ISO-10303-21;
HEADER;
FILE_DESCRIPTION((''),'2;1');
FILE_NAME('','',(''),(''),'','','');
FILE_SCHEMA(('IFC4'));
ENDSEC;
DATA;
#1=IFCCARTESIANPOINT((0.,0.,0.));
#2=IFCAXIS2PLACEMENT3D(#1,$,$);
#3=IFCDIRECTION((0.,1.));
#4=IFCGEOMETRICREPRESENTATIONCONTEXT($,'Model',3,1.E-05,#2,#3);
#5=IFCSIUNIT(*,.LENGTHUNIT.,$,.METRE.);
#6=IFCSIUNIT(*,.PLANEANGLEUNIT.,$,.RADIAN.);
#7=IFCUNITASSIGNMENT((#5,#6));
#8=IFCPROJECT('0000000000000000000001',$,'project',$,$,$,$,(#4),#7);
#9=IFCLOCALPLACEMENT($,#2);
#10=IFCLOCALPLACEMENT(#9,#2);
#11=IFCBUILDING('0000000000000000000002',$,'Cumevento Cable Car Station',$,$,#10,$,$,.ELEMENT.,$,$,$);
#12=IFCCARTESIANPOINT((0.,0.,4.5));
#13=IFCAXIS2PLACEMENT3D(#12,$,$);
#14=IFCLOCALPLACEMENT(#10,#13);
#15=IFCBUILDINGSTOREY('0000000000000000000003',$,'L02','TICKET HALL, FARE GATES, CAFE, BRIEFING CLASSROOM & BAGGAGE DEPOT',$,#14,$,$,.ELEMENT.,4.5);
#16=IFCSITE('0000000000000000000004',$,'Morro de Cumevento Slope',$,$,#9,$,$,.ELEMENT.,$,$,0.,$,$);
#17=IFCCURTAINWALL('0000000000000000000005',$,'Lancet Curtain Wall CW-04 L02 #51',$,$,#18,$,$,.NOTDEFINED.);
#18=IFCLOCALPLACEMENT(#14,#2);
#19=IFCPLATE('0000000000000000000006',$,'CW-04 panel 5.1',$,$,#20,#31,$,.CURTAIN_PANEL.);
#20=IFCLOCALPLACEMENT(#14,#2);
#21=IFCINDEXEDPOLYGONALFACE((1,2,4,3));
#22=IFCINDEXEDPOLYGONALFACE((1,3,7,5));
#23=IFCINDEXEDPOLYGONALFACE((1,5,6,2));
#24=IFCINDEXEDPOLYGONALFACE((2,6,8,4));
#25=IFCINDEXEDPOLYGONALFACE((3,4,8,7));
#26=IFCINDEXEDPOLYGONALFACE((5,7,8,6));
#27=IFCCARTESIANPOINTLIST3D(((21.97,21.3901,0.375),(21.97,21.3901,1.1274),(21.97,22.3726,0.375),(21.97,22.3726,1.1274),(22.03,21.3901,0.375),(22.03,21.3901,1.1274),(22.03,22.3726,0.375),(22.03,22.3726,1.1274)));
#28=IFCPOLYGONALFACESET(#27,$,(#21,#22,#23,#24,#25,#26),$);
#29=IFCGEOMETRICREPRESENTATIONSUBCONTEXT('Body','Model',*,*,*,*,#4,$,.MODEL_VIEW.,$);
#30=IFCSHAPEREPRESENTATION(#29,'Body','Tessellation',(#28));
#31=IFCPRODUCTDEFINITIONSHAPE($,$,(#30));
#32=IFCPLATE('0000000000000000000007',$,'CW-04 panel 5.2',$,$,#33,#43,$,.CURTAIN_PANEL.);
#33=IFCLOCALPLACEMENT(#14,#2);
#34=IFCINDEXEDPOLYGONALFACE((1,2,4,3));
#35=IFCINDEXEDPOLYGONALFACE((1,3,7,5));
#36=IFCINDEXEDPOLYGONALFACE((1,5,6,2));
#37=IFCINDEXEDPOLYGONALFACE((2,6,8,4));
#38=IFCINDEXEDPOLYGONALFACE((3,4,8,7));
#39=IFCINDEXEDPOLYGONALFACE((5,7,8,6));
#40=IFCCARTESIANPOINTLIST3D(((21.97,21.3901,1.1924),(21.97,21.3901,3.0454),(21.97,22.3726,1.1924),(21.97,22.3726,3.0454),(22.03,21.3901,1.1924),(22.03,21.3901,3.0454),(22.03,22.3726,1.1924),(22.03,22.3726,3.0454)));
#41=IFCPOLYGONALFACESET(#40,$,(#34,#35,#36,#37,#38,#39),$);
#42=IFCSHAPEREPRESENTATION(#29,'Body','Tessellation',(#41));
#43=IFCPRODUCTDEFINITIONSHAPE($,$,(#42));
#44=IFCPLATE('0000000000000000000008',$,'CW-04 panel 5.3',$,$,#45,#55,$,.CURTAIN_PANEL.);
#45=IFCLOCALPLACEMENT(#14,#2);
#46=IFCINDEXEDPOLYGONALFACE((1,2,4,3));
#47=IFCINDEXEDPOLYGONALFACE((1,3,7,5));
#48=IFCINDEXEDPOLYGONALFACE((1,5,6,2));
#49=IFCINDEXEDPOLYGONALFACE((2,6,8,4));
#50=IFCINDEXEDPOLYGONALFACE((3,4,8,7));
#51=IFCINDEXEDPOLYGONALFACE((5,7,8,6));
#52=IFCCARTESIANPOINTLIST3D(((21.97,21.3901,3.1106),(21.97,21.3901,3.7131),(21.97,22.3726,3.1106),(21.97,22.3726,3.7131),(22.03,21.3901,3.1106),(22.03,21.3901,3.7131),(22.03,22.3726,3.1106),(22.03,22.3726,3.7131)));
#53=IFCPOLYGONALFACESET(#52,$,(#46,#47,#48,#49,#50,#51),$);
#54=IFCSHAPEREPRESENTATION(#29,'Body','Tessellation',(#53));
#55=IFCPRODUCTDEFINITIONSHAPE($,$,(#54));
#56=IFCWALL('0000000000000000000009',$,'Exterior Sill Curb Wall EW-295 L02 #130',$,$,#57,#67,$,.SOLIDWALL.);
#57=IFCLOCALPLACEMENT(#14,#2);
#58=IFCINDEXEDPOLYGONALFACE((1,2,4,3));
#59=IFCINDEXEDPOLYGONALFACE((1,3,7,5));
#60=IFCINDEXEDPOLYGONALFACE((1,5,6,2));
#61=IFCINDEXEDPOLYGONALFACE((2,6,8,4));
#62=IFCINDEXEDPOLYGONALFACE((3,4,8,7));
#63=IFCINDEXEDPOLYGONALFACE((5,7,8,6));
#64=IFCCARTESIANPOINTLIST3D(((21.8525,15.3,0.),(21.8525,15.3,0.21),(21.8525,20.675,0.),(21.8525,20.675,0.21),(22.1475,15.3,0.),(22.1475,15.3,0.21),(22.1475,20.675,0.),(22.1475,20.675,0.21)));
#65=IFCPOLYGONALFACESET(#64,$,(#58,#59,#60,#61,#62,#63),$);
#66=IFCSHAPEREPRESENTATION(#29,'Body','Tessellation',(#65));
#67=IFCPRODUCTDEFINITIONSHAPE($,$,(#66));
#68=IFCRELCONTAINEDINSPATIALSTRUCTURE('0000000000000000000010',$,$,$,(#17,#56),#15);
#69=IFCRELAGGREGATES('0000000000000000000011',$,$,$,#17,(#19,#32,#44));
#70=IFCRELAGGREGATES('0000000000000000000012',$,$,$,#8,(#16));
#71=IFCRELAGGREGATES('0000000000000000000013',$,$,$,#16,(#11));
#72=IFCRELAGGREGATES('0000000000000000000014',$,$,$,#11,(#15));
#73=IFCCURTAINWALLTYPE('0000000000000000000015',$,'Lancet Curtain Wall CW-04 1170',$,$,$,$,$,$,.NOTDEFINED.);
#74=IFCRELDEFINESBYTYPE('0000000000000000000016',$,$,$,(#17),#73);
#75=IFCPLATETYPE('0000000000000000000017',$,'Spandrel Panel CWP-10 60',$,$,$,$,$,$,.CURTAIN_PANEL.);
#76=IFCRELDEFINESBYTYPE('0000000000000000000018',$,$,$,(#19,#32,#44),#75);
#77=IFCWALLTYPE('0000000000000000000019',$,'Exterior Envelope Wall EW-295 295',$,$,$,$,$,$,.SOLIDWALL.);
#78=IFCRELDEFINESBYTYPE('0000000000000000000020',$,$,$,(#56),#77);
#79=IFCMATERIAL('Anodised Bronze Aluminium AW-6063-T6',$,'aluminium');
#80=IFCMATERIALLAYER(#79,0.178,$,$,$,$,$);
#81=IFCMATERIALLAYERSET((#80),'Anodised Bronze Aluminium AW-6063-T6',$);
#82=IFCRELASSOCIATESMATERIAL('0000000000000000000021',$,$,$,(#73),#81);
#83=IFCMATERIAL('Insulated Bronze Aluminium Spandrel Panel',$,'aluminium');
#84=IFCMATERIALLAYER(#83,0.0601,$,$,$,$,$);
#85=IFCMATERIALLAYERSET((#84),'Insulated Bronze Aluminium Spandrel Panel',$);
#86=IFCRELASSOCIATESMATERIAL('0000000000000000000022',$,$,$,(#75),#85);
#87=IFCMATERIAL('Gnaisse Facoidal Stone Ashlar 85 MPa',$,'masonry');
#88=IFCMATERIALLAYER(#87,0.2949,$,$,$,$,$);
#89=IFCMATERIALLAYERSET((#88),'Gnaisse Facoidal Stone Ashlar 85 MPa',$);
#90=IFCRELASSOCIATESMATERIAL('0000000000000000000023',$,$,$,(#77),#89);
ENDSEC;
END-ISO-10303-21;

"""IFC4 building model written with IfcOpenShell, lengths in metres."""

from ifc_helpers import new_model, si_unit, direction, frame, frame_2d, origin, origin_2d, place, context, subcontext, project, spatial, rectangle, extrude, material, layer, layer_set, type_object, element, aggregate, save


model = new_model("IFC4")

# Units and contexts
model_context = context("Model", 3, precision=1e-05, world=origin(), true_north=direction((0.0, 1.0)))
body_context = subcontext(model_context, "Body", "Model", "MODEL_VIEW")
ifc_project = project(units=[si_unit("LENGTHUNIT", "METRE"), si_unit("PLANEANGLEUNIT", "RADIAN")], contexts=[model_context])

# Site, building, storey
site_placement = place(None, origin())
site = spatial("IfcSite", under=ifc_project, at=site_placement, Name="Morro de Cumevento Slope", CompositionType="ELEMENT", RefElevation=0.0)
building_placement = place(site_placement, origin())
building = spatial("IfcBuilding", under=site, at=building_placement, Name="Cumevento Cable Car Station", CompositionType="ELEMENT")
storey_placement = place(building_placement, frame((0.0, 0.0, 4.5)))
storey = spatial("IfcBuildingStorey", under=building, at=storey_placement, Name="L02", Description="TICKET HALL, FARE GATES, CAFE, BRIEFING CLASSROOM & BAGGAGE DEPOT", CompositionType="ELEMENT", Elevation=4.5)

# Curtain wall
ifc_material_1 = material(Name="Anodised Bronze Aluminium AW-6063-T6", Category="aluminium")
ifc_layer_1 = layer(ifc_material_1, 0.178)
ifc_layer_set_1 = layer_set([ifc_layer_1], Name="Anodised Bronze Aluminium AW-6063-T6")
curtain_wall_type_1 = type_object("IfcCurtainWallType", Name="Lancet Curtain Wall CW-04 1170", PredefinedType="NOTDEFINED", material=ifc_layer_set_1)
curtain_wall_1_placement = place(storey_placement, origin())
curtain_wall_1 = element("IfcCurtainWall", 1, at=curtain_wall_1_placement, inside=storey, type_object=curtain_wall_type_1, Name="Lancet Curtain Wall CW-04 L02 #51", PredefinedType="NOTDEFINED")

# Plates
ifc_material_2 = material(Name="Insulated Bronze Aluminium Spandrel Panel", Category="aluminium")
ifc_layer_2 = layer(ifc_material_2, 0.0601)
ifc_layer_set_2 = layer_set([ifc_layer_2], Name="Insulated Bronze Aluminium Spandrel Panel")
plate_type_1 = type_object("IfcPlateType", Name="Spandrel Panel CWP-10 60", PredefinedType="CURTAIN_PANEL", material=ifc_layer_set_2)
plate_1_placement = place(storey_placement, frame((22.0, 21.8813, 0.375), z_axis=(0.0, 0.0, 1.0), x_axis=(0.0, -1.0, 0.0)))
plate_1 = element("IfcPlate", 2, at=plate_1_placement, type_object=plate_type_1, Name="CW-04 panel 5.1", PredefinedType="CURTAIN_PANEL", context=body_context, shape_type="SweptSolid", body=[
    extrude(rectangle(XDim=0.9824, YDim=0.0601, at=origin_2d()), origin(), (0.0, 0.0, 1.0), 0.7524),
])
plate_2_placement = place(storey_placement, frame((22.0, 21.8813, 1.1924), z_axis=(0.0, 0.0, 1.0), x_axis=(0.0, -1.0, 0.0)))
plate_2 = element("IfcPlate", 3, at=plate_2_placement, type_object=plate_type_1, Name="CW-04 panel 5.2", PredefinedType="CURTAIN_PANEL", context=body_context, shape_type="SweptSolid", body=[
    extrude(rectangle(XDim=0.9824, YDim=0.0601, at=origin_2d()), origin(), (0.0, 0.0, 1.0), 1.853),
])
plate_3_placement = place(storey_placement, frame((22.0, 21.8813, 3.1106), z_axis=(0.0, 0.0, 1.0), x_axis=(0.0, -1.0, 0.0)))
plate_3 = element("IfcPlate", 4, at=plate_3_placement, type_object=plate_type_1, Name="CW-04 panel 5.3", PredefinedType="CURTAIN_PANEL", context=body_context, shape_type="SweptSolid", body=[
    extrude(rectangle(XDim=0.9824, YDim=0.0601, at=origin_2d()), origin(), (0.0, 0.0, 1.0), 0.6025),
])
aggregate(curtain_wall_1, [plate_1, plate_2, plate_3])

# Wall
ifc_material_3 = material(Name="Gnaisse Facoidal Stone Ashlar 85 MPa", Category="masonry")
ifc_layer_3 = layer(ifc_material_3, 0.2949)
ifc_layer_set_3 = layer_set([ifc_layer_3], Name="Gnaisse Facoidal Stone Ashlar 85 MPa")
wall_type = type_object("IfcWallType", Name="Exterior Envelope Wall EW-295 295", PredefinedType="SOLIDWALL", material=ifc_layer_set_3)
wall_placement = place(storey_placement, frame((22.0, 20.675, 0.0), z_axis=(0.0, 0.0, 1.0), x_axis=(0.0, -1.0, 0.0)))
element("IfcWall", 5, at=wall_placement, inside=storey, type_object=wall_type, Name="Exterior Sill Curb Wall EW-295 L02 #130", PredefinedType="SOLIDWALL", context=body_context, shape_type="SweptSolid", body=[
    extrude(rectangle(XDim=5.375, YDim=0.2949, at=frame_2d((2.6875, 0.0))), origin(), (0.0, 0.0, 1.0), 0.21),
])

save(model, "model.ifc")
